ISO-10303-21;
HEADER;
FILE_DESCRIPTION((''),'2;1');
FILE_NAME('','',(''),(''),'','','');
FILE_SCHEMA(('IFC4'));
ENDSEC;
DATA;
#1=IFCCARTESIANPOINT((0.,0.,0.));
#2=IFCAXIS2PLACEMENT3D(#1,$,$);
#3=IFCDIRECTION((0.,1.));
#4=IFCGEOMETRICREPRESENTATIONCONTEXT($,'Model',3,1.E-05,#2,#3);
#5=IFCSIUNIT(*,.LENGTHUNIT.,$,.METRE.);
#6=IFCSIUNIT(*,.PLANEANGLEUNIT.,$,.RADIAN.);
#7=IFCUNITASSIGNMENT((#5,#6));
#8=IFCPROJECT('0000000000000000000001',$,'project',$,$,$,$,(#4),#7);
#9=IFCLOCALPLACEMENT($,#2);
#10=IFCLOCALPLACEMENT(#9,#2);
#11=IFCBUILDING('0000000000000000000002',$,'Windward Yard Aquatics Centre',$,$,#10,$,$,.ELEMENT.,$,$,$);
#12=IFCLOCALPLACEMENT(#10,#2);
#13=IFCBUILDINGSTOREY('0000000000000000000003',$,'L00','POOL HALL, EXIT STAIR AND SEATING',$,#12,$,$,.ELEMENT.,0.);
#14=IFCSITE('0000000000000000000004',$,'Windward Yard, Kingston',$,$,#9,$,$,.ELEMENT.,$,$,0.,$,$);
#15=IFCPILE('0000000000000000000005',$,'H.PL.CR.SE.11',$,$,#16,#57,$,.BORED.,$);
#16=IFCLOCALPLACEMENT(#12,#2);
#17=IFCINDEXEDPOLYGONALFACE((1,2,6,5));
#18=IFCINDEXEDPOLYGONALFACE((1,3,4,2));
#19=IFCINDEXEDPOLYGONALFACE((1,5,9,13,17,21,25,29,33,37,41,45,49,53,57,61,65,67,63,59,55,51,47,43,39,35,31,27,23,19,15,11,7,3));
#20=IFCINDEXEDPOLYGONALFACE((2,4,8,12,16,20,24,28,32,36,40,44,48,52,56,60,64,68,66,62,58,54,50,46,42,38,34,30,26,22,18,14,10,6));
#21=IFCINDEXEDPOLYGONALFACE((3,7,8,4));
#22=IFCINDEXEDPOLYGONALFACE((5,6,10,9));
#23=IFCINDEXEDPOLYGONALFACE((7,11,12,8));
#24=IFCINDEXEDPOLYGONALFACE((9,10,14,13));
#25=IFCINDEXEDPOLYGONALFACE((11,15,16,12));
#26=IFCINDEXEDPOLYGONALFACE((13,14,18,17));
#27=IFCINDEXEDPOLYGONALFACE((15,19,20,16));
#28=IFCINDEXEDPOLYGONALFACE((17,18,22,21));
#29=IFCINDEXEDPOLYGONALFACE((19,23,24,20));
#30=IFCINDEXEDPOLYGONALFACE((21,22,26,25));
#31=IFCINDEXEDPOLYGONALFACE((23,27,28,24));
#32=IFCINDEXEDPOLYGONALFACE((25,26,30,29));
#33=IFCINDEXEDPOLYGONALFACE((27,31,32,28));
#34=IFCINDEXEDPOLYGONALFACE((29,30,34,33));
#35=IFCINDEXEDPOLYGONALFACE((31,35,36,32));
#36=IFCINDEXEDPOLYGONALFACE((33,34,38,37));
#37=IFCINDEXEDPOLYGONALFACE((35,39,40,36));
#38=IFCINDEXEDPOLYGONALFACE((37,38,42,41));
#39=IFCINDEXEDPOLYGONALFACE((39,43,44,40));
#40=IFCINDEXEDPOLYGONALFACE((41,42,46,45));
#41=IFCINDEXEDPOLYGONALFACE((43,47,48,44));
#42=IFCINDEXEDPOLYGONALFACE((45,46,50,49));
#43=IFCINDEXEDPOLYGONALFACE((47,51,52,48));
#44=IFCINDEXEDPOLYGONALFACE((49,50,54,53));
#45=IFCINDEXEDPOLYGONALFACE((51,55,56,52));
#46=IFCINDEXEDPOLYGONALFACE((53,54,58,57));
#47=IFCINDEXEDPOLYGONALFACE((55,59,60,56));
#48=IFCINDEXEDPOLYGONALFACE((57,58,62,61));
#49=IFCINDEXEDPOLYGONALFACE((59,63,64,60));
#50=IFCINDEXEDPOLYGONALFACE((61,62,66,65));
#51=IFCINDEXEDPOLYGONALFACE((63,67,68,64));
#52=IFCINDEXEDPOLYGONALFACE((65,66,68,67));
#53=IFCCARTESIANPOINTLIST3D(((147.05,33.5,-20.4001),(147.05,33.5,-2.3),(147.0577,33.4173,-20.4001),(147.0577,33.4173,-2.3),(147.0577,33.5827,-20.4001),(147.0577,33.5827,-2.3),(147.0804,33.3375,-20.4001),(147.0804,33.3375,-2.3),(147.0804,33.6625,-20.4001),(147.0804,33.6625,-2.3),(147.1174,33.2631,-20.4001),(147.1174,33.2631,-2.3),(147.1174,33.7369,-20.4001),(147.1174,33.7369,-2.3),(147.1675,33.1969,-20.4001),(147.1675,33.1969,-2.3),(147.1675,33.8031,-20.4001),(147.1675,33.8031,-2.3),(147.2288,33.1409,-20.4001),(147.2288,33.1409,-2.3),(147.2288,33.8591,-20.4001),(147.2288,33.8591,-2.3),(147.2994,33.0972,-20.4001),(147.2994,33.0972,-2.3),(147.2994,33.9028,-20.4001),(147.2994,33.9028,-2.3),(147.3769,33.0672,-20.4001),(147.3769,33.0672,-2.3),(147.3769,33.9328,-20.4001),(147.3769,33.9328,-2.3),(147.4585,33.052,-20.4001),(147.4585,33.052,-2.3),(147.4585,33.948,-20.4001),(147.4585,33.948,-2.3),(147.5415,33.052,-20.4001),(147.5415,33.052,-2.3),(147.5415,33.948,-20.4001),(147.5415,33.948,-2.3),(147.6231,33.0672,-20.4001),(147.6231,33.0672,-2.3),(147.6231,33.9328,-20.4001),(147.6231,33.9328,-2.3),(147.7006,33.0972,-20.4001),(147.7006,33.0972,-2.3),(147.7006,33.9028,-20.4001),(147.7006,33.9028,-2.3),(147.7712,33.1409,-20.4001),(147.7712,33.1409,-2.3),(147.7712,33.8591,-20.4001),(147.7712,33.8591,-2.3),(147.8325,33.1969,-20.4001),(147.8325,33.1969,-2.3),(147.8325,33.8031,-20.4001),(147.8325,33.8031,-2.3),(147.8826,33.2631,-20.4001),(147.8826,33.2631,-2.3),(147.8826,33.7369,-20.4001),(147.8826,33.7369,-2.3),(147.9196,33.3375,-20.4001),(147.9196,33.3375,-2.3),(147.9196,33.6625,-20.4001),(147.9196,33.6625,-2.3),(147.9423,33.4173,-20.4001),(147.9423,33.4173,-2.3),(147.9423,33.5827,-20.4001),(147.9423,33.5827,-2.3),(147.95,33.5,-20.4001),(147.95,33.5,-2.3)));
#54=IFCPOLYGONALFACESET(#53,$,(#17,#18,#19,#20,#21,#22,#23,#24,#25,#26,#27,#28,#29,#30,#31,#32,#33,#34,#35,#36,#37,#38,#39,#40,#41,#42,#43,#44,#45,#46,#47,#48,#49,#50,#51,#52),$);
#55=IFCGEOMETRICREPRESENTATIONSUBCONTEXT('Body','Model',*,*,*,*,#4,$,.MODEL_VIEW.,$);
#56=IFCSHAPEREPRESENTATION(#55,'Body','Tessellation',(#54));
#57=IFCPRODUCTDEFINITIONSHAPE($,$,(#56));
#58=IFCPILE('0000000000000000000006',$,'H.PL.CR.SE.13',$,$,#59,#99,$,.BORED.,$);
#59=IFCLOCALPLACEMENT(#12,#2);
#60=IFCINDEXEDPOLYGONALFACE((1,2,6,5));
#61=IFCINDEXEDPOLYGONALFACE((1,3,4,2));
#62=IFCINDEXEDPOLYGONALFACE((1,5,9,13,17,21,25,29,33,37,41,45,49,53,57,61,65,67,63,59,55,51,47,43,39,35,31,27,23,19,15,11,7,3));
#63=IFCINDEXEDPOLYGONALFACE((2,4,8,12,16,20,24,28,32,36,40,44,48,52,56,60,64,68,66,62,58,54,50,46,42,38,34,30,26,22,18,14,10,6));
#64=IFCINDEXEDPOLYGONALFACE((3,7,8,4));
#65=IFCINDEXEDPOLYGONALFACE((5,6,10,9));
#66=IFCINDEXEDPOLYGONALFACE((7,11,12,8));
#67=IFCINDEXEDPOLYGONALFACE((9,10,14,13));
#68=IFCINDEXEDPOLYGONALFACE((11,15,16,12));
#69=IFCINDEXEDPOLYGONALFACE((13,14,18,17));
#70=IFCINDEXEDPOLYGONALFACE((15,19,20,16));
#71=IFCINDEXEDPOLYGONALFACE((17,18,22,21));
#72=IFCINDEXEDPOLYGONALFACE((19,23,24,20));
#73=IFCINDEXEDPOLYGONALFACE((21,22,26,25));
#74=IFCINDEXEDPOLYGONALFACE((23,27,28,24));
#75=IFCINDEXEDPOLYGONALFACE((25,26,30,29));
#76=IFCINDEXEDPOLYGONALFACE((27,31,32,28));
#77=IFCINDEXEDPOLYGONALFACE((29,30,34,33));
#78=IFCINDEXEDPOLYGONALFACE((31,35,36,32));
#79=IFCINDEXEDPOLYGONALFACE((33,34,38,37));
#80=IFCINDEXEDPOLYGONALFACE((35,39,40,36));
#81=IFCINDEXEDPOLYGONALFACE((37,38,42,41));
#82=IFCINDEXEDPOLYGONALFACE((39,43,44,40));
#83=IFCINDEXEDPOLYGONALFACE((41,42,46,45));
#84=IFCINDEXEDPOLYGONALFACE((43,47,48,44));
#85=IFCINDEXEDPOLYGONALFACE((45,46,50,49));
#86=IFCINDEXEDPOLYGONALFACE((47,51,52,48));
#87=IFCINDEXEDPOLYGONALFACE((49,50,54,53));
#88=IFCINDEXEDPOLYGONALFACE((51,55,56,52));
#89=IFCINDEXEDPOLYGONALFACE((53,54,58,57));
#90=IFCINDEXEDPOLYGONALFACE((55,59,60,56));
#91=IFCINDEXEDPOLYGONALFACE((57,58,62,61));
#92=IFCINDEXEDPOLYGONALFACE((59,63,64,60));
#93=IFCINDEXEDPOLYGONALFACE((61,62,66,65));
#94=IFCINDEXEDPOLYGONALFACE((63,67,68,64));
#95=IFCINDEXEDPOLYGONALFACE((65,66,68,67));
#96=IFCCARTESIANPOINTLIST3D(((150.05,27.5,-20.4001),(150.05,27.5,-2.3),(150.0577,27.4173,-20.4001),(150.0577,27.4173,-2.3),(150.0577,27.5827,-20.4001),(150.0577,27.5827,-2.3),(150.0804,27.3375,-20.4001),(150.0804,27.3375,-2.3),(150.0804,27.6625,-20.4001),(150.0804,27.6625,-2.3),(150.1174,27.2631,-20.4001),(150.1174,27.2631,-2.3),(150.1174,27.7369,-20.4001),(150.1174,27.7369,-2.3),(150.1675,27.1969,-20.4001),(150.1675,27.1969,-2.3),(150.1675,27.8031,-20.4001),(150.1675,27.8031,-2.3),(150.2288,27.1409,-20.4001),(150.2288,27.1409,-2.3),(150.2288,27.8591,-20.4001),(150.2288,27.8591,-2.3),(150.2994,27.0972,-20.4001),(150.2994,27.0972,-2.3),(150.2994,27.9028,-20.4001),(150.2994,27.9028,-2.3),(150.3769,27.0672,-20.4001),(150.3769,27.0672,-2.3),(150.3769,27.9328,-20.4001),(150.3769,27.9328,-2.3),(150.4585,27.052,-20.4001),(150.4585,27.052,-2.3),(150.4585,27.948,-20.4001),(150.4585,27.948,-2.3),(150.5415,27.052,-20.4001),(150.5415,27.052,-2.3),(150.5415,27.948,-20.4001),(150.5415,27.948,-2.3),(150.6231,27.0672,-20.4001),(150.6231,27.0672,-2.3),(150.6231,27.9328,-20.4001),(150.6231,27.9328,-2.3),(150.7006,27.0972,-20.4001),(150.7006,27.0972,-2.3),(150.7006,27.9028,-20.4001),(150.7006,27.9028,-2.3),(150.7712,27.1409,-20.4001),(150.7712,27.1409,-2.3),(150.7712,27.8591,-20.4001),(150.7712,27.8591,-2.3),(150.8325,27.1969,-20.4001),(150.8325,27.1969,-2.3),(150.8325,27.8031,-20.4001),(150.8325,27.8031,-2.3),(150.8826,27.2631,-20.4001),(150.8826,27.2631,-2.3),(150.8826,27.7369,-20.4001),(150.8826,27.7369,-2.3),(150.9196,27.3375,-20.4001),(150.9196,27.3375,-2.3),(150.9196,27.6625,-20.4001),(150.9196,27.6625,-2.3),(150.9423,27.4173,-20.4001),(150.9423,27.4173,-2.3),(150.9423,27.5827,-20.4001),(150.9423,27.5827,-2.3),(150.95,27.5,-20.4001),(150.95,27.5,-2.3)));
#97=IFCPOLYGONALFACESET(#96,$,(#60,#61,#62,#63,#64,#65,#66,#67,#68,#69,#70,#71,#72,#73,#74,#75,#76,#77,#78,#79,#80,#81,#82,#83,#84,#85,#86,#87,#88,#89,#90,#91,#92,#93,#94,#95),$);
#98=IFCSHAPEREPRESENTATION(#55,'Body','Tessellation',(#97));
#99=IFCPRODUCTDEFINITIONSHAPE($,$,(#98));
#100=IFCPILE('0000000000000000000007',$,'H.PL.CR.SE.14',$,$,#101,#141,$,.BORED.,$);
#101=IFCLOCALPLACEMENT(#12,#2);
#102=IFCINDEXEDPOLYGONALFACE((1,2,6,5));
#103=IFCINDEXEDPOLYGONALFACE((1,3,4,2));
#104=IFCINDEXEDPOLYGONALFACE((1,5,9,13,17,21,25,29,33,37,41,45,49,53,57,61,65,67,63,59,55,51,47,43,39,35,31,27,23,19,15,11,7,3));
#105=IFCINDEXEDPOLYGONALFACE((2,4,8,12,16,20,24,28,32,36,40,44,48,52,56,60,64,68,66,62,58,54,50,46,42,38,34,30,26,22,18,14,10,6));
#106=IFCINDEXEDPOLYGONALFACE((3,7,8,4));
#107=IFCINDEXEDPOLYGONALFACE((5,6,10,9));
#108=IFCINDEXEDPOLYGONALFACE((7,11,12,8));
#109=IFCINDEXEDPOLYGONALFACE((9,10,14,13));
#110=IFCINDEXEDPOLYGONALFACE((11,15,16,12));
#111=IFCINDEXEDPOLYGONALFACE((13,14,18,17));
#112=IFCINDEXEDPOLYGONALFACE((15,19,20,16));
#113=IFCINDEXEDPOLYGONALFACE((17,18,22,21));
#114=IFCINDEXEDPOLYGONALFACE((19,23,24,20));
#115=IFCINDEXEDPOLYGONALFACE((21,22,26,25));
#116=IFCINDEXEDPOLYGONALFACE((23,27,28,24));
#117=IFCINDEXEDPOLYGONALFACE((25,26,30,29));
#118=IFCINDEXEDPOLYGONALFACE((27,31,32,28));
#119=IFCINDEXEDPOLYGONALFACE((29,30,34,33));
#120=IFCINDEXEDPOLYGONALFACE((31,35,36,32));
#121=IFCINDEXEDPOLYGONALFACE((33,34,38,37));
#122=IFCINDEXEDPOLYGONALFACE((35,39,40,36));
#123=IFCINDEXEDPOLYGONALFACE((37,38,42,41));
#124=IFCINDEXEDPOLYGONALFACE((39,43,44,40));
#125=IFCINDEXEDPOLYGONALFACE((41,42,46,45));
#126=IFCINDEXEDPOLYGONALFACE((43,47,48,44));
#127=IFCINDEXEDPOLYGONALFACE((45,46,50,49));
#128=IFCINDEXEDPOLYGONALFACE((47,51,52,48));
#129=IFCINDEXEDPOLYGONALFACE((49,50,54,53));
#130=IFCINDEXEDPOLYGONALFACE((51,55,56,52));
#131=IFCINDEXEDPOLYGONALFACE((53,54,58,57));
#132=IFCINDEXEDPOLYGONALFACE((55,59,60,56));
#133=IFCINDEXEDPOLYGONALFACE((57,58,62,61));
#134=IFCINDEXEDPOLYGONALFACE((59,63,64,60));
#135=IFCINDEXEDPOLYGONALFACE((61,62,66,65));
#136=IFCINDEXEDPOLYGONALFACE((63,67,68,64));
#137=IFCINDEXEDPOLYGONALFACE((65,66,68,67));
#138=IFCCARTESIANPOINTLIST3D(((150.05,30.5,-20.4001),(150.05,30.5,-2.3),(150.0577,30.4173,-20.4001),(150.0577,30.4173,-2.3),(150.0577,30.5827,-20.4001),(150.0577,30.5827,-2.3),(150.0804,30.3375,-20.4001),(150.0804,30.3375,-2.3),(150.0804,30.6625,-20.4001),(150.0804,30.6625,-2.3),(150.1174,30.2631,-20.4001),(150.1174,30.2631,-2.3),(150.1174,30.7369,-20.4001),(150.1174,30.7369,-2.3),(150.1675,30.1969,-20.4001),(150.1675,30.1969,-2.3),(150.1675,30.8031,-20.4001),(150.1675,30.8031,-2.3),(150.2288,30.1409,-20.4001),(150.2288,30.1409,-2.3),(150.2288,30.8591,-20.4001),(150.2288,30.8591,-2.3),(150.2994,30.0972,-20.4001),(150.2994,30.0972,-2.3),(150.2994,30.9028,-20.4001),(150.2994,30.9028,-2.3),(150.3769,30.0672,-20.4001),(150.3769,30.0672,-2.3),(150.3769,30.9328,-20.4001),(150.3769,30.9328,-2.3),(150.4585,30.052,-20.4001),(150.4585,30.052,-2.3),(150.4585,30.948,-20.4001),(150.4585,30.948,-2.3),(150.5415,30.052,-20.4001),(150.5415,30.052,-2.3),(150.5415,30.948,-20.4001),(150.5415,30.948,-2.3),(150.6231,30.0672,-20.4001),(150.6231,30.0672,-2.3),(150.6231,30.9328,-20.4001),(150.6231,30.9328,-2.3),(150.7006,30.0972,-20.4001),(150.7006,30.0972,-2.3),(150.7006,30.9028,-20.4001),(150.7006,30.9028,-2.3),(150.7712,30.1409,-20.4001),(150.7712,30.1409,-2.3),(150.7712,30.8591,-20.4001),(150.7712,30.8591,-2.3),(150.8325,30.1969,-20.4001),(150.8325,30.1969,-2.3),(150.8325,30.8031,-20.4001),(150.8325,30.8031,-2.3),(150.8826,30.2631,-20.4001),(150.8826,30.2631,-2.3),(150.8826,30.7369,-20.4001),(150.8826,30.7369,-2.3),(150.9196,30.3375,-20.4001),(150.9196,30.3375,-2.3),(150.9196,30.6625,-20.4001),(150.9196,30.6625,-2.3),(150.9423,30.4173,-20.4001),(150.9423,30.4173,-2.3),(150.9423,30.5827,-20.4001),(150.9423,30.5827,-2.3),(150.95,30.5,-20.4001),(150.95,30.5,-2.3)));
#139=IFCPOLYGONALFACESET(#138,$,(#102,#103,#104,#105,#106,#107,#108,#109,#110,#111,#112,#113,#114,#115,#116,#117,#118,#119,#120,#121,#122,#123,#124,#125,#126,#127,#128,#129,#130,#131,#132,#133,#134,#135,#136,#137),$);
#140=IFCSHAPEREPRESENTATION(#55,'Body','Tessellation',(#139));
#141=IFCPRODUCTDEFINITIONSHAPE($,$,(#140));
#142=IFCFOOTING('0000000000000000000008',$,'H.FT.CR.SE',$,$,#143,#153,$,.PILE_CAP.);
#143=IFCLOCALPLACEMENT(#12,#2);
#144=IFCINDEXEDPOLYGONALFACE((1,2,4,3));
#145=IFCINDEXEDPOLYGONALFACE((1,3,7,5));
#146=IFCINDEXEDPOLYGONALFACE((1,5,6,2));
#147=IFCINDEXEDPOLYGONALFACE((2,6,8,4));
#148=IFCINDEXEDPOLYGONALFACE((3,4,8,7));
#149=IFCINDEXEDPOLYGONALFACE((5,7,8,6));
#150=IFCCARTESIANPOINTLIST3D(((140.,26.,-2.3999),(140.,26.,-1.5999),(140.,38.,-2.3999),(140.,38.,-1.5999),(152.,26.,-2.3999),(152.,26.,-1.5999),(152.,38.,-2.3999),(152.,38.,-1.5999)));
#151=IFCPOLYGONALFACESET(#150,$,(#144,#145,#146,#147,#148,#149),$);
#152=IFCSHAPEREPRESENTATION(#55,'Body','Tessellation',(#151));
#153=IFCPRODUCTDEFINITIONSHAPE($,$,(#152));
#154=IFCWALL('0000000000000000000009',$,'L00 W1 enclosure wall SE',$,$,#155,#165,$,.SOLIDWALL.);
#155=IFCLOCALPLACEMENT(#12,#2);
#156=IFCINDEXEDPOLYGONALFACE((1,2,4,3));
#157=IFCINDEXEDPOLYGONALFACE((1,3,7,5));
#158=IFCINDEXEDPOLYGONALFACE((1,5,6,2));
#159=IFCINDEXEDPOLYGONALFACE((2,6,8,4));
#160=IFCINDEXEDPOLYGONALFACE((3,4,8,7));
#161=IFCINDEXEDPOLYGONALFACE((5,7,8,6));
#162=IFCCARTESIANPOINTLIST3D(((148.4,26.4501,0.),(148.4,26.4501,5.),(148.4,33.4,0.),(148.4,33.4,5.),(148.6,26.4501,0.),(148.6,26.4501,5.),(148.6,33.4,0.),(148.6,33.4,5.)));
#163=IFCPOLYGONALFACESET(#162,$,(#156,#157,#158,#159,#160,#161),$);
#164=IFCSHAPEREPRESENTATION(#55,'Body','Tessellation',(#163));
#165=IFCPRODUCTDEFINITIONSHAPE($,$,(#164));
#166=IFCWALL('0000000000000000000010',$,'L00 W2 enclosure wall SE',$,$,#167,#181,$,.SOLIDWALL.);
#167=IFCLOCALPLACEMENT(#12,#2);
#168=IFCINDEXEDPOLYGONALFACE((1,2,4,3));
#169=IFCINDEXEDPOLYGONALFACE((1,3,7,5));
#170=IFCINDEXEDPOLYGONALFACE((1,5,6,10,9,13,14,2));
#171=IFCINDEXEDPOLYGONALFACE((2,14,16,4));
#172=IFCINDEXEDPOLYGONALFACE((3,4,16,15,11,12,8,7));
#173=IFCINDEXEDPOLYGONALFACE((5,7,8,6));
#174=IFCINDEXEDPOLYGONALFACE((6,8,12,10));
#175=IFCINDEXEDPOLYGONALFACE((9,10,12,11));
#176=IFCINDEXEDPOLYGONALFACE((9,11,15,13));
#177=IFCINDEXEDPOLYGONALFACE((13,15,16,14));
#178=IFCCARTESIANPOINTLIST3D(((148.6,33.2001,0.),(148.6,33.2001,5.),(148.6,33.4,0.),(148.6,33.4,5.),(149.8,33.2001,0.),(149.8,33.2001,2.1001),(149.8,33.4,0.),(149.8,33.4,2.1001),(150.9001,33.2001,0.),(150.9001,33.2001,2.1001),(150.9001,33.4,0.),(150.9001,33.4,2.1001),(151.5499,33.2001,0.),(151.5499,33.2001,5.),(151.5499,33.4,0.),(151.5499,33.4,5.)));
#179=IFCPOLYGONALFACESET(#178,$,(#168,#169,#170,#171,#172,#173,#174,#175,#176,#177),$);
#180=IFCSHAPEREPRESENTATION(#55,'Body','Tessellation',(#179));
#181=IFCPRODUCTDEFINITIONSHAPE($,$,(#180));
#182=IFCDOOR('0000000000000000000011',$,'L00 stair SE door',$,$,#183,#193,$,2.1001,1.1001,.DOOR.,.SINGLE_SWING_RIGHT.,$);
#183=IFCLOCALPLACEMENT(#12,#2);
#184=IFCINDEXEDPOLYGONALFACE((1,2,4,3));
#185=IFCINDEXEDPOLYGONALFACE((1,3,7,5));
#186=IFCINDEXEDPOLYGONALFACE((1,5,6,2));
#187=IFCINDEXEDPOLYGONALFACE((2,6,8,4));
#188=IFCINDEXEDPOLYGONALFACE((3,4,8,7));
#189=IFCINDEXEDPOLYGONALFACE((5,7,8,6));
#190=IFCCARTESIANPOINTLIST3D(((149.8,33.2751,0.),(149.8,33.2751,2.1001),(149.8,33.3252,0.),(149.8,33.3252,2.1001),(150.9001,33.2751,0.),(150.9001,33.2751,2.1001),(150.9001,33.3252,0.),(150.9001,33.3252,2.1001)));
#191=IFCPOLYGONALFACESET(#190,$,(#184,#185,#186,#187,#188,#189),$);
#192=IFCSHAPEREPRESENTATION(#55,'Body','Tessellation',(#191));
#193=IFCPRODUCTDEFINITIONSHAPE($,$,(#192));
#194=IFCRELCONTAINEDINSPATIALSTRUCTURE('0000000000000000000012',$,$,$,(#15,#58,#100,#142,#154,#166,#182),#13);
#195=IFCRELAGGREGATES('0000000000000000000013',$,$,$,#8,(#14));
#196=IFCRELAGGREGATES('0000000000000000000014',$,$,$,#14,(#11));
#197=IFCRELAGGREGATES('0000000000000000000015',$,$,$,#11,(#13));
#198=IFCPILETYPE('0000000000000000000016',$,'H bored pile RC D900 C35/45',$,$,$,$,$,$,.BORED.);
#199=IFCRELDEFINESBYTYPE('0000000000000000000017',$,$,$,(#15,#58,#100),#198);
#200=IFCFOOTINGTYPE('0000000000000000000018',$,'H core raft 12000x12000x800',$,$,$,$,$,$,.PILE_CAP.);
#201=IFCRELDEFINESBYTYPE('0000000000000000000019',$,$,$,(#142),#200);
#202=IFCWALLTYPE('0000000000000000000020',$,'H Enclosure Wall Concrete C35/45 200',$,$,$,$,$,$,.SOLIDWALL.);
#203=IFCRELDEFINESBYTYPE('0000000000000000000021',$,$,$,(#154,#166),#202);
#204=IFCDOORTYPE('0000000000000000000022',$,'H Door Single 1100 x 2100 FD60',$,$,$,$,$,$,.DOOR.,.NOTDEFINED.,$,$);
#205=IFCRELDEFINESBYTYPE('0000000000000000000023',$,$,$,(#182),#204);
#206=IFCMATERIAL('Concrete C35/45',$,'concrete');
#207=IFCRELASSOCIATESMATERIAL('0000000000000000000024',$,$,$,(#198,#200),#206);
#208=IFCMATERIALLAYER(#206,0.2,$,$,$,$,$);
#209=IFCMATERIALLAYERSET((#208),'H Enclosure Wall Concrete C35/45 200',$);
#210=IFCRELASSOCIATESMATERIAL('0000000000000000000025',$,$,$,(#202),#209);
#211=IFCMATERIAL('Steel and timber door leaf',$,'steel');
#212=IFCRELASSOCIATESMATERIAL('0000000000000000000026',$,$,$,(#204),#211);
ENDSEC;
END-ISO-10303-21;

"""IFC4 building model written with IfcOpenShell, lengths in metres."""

from ifc_helpers import new_model, si_unit, direction, frame, frame_2d, origin, origin_2d, place, context, subcontext, project, spatial, rectangle, circle, extrude, material, layer, layer_set, material_profile, profile_set, type_object, element, fill, save


model = new_model("IFC4")

# Units and contexts
model_context = context("Model", 3, precision=1e-05, world=origin(), true_north=direction((0.0, 1.0)))
body_context = subcontext(model_context, "Body", "Model", "MODEL_VIEW")
ifc_project = project(units=[si_unit("LENGTHUNIT", "METRE"), si_unit("PLANEANGLEUNIT", "RADIAN")], contexts=[model_context])

# Site, building, storey
site_placement = place(None, origin())
site = spatial("IfcSite", under=ifc_project, at=site_placement, Name="Windward Yard, Kingston", CompositionType="ELEMENT", RefElevation=0.0)
building_placement = place(site_placement, origin())
building = spatial("IfcBuilding", under=site, at=building_placement, Name="Windward Yard Aquatics Centre", CompositionType="ELEMENT")
storey_placement = place(building_placement, origin())
storey = spatial("IfcBuildingStorey", under=building, at=storey_placement, Name="L00", Description="POOL HALL, EXIT STAIR AND SEATING", CompositionType="ELEMENT", Elevation=0.0)

# Piles
ifc_material_1 = material(Name="Concrete C35/45", Category="concrete")
ifc_material_profile = material_profile(ifc_material_1, circle(Radius=0.45, at=origin_2d()), Name="RC D900")
ifc_profile_set = profile_set([ifc_material_profile], Name="Concrete C35/45")
pile_type = type_object("IfcPileType", Name="H bored pile RC D900 C35/45", PredefinedType="BORED", material=ifc_profile_set)
for number, where, z_axis, x_axis, name in (
    (1, (147.5, 33.5, -2.3), (0.0, 0.0, -1.0), (1.0, 0.0, 0.0), "H.PL.CR.SE.11"),
    (2, (150.5, 27.5, -2.3), (0.0, 0.0, -1.0), (1.0, 0.0, 0.0), "H.PL.CR.SE.13"),
    (3, (150.5, 30.5, -2.3), (0.0, 0.0, -1.0), (1.0, 0.0, 0.0), "H.PL.CR.SE.14"),
):
    element("IfcPile", number, at=place(storey_placement, frame(where, z_axis=z_axis, x_axis=x_axis)), inside=storey, type_object=pile_type, Name=name, PredefinedType="BORED", context=body_context, shape_type="SweptSolid", body=[
        extrude(circle(Radius=0.45, at=origin_2d()), origin(), (0.0, 0.0, 1.0), 18.1001),
    ])

# Footing
footing_type = type_object("IfcFootingType", Name="H core raft 12000x12000x800", PredefinedType="PILE_CAP", material=ifc_material_1)
footing_placement = place(storey_placement, frame((146.0, 32.0, -2.3999), z_axis=(0.0, 0.0, 1.0), x_axis=(1.0, 0.0, 0.0)))
element("IfcFooting", 4, at=footing_placement, inside=storey, type_object=footing_type, Name="H.FT.CR.SE", PredefinedType="PILE_CAP", context=body_context, shape_type="SweptSolid", body=[
    extrude(rectangle(XDim=12.0, YDim=12.0, at=origin_2d()), origin(), (0.0, 0.0, 1.0), 0.8),
])

# Wall
ifc_layer_1 = layer(ifc_material_1, 0.2)
ifc_layer_set_1 = layer_set([ifc_layer_1], Name="H Enclosure Wall Concrete C35/45 200")
wall_type_1 = type_object("IfcWallType", Name="H Enclosure Wall Concrete C35/45 200", PredefinedType="SOLIDWALL", material=ifc_layer_set_1)
wall_1_placement = place(storey_placement, frame((148.5, 26.45, 0.0), z_axis=(0.0, 0.0, 1.0), x_axis=(0.0, 1.0, 0.0)))
element("IfcWall", 5, at=wall_1_placement, inside=storey, type_object=wall_type_1, Name="L00 W1 enclosure wall SE", PredefinedType="SOLIDWALL", context=body_context, shape_type="SweptSolid", body=[
    extrude(rectangle(XDim=6.95, YDim=0.2, at=frame_2d((3.4751, 0.0))), origin(), (0.0, 0.0, 1.0), 5.0),
])

# Wall, opening, door
wall_2_placement = place(storey_placement, frame((151.55, 33.3, 0.0), z_axis=(0.0, 0.0, 1.0), x_axis=(-1.0, 0.0, 0.0)))
wall_2 = element("IfcWall", 6, at=wall_2_placement, inside=storey, type_object=wall_type_1, Name="L00 W2 enclosure wall SE", PredefinedType="SOLIDWALL", context=body_context, shape_type="SweptSolid", body=[
    extrude(rectangle(XDim=2.95, YDim=0.2, at=frame_2d((1.4751, 0.0))), origin(), (0.0, 0.0, 1.0), 5.0),
])
opening_1_placement = place(wall_2_placement, frame((0.6499, 0.0, 0.0)))
opening_1 = element("IfcOpeningElement", 7, at=opening_1_placement, cuts=wall_2, PredefinedType="OPENING", context=body_context, shape_type="SweptSolid", body=[
    extrude(rectangle(XDim=1.1001, YDim=2.1001, at=frame_2d((0.55, 1.05))), frame((0.0, 0.1099, 0.0), z_axis=(0.0, -1.0, 0.0), x_axis=(1.0, 0.0, 0.0)), (0.0, 0.0, 1.0), 0.22),
])
ifc_material_2 = material(Name="Steel and timber door leaf", Category="steel")
door_type_1 = type_object("IfcDoorType", Name="H Door Single 1100 x 2100 FD60", OperationType="NOTDEFINED", PredefinedType="DOOR", material=ifc_material_2)
door_1_placement = place(opening_1_placement, origin())
door_1 = element("IfcDoor", 8, at=door_1_placement, inside=storey, type_object=door_type_1, Name="L00 stair SE door", OperationType="SINGLE_SWING_RIGHT", OverallHeight=2.1001, OverallWidth=1.1001, PredefinedType="DOOR", context=body_context, shape_type="SweptSolid", body=[
    extrude(rectangle(XDim=1.1001, YDim=2.1001, at=frame_2d((0.55, 1.05))), frame((0.0, 0.0249, 0.0), z_axis=(0.0, -1.0, 0.0), x_axis=(1.0, 0.0, 0.0)), (0.0, 0.0, 1.0), 0.05),
])
fill(opening_1, door_1)

save(model, "model.ifc")
